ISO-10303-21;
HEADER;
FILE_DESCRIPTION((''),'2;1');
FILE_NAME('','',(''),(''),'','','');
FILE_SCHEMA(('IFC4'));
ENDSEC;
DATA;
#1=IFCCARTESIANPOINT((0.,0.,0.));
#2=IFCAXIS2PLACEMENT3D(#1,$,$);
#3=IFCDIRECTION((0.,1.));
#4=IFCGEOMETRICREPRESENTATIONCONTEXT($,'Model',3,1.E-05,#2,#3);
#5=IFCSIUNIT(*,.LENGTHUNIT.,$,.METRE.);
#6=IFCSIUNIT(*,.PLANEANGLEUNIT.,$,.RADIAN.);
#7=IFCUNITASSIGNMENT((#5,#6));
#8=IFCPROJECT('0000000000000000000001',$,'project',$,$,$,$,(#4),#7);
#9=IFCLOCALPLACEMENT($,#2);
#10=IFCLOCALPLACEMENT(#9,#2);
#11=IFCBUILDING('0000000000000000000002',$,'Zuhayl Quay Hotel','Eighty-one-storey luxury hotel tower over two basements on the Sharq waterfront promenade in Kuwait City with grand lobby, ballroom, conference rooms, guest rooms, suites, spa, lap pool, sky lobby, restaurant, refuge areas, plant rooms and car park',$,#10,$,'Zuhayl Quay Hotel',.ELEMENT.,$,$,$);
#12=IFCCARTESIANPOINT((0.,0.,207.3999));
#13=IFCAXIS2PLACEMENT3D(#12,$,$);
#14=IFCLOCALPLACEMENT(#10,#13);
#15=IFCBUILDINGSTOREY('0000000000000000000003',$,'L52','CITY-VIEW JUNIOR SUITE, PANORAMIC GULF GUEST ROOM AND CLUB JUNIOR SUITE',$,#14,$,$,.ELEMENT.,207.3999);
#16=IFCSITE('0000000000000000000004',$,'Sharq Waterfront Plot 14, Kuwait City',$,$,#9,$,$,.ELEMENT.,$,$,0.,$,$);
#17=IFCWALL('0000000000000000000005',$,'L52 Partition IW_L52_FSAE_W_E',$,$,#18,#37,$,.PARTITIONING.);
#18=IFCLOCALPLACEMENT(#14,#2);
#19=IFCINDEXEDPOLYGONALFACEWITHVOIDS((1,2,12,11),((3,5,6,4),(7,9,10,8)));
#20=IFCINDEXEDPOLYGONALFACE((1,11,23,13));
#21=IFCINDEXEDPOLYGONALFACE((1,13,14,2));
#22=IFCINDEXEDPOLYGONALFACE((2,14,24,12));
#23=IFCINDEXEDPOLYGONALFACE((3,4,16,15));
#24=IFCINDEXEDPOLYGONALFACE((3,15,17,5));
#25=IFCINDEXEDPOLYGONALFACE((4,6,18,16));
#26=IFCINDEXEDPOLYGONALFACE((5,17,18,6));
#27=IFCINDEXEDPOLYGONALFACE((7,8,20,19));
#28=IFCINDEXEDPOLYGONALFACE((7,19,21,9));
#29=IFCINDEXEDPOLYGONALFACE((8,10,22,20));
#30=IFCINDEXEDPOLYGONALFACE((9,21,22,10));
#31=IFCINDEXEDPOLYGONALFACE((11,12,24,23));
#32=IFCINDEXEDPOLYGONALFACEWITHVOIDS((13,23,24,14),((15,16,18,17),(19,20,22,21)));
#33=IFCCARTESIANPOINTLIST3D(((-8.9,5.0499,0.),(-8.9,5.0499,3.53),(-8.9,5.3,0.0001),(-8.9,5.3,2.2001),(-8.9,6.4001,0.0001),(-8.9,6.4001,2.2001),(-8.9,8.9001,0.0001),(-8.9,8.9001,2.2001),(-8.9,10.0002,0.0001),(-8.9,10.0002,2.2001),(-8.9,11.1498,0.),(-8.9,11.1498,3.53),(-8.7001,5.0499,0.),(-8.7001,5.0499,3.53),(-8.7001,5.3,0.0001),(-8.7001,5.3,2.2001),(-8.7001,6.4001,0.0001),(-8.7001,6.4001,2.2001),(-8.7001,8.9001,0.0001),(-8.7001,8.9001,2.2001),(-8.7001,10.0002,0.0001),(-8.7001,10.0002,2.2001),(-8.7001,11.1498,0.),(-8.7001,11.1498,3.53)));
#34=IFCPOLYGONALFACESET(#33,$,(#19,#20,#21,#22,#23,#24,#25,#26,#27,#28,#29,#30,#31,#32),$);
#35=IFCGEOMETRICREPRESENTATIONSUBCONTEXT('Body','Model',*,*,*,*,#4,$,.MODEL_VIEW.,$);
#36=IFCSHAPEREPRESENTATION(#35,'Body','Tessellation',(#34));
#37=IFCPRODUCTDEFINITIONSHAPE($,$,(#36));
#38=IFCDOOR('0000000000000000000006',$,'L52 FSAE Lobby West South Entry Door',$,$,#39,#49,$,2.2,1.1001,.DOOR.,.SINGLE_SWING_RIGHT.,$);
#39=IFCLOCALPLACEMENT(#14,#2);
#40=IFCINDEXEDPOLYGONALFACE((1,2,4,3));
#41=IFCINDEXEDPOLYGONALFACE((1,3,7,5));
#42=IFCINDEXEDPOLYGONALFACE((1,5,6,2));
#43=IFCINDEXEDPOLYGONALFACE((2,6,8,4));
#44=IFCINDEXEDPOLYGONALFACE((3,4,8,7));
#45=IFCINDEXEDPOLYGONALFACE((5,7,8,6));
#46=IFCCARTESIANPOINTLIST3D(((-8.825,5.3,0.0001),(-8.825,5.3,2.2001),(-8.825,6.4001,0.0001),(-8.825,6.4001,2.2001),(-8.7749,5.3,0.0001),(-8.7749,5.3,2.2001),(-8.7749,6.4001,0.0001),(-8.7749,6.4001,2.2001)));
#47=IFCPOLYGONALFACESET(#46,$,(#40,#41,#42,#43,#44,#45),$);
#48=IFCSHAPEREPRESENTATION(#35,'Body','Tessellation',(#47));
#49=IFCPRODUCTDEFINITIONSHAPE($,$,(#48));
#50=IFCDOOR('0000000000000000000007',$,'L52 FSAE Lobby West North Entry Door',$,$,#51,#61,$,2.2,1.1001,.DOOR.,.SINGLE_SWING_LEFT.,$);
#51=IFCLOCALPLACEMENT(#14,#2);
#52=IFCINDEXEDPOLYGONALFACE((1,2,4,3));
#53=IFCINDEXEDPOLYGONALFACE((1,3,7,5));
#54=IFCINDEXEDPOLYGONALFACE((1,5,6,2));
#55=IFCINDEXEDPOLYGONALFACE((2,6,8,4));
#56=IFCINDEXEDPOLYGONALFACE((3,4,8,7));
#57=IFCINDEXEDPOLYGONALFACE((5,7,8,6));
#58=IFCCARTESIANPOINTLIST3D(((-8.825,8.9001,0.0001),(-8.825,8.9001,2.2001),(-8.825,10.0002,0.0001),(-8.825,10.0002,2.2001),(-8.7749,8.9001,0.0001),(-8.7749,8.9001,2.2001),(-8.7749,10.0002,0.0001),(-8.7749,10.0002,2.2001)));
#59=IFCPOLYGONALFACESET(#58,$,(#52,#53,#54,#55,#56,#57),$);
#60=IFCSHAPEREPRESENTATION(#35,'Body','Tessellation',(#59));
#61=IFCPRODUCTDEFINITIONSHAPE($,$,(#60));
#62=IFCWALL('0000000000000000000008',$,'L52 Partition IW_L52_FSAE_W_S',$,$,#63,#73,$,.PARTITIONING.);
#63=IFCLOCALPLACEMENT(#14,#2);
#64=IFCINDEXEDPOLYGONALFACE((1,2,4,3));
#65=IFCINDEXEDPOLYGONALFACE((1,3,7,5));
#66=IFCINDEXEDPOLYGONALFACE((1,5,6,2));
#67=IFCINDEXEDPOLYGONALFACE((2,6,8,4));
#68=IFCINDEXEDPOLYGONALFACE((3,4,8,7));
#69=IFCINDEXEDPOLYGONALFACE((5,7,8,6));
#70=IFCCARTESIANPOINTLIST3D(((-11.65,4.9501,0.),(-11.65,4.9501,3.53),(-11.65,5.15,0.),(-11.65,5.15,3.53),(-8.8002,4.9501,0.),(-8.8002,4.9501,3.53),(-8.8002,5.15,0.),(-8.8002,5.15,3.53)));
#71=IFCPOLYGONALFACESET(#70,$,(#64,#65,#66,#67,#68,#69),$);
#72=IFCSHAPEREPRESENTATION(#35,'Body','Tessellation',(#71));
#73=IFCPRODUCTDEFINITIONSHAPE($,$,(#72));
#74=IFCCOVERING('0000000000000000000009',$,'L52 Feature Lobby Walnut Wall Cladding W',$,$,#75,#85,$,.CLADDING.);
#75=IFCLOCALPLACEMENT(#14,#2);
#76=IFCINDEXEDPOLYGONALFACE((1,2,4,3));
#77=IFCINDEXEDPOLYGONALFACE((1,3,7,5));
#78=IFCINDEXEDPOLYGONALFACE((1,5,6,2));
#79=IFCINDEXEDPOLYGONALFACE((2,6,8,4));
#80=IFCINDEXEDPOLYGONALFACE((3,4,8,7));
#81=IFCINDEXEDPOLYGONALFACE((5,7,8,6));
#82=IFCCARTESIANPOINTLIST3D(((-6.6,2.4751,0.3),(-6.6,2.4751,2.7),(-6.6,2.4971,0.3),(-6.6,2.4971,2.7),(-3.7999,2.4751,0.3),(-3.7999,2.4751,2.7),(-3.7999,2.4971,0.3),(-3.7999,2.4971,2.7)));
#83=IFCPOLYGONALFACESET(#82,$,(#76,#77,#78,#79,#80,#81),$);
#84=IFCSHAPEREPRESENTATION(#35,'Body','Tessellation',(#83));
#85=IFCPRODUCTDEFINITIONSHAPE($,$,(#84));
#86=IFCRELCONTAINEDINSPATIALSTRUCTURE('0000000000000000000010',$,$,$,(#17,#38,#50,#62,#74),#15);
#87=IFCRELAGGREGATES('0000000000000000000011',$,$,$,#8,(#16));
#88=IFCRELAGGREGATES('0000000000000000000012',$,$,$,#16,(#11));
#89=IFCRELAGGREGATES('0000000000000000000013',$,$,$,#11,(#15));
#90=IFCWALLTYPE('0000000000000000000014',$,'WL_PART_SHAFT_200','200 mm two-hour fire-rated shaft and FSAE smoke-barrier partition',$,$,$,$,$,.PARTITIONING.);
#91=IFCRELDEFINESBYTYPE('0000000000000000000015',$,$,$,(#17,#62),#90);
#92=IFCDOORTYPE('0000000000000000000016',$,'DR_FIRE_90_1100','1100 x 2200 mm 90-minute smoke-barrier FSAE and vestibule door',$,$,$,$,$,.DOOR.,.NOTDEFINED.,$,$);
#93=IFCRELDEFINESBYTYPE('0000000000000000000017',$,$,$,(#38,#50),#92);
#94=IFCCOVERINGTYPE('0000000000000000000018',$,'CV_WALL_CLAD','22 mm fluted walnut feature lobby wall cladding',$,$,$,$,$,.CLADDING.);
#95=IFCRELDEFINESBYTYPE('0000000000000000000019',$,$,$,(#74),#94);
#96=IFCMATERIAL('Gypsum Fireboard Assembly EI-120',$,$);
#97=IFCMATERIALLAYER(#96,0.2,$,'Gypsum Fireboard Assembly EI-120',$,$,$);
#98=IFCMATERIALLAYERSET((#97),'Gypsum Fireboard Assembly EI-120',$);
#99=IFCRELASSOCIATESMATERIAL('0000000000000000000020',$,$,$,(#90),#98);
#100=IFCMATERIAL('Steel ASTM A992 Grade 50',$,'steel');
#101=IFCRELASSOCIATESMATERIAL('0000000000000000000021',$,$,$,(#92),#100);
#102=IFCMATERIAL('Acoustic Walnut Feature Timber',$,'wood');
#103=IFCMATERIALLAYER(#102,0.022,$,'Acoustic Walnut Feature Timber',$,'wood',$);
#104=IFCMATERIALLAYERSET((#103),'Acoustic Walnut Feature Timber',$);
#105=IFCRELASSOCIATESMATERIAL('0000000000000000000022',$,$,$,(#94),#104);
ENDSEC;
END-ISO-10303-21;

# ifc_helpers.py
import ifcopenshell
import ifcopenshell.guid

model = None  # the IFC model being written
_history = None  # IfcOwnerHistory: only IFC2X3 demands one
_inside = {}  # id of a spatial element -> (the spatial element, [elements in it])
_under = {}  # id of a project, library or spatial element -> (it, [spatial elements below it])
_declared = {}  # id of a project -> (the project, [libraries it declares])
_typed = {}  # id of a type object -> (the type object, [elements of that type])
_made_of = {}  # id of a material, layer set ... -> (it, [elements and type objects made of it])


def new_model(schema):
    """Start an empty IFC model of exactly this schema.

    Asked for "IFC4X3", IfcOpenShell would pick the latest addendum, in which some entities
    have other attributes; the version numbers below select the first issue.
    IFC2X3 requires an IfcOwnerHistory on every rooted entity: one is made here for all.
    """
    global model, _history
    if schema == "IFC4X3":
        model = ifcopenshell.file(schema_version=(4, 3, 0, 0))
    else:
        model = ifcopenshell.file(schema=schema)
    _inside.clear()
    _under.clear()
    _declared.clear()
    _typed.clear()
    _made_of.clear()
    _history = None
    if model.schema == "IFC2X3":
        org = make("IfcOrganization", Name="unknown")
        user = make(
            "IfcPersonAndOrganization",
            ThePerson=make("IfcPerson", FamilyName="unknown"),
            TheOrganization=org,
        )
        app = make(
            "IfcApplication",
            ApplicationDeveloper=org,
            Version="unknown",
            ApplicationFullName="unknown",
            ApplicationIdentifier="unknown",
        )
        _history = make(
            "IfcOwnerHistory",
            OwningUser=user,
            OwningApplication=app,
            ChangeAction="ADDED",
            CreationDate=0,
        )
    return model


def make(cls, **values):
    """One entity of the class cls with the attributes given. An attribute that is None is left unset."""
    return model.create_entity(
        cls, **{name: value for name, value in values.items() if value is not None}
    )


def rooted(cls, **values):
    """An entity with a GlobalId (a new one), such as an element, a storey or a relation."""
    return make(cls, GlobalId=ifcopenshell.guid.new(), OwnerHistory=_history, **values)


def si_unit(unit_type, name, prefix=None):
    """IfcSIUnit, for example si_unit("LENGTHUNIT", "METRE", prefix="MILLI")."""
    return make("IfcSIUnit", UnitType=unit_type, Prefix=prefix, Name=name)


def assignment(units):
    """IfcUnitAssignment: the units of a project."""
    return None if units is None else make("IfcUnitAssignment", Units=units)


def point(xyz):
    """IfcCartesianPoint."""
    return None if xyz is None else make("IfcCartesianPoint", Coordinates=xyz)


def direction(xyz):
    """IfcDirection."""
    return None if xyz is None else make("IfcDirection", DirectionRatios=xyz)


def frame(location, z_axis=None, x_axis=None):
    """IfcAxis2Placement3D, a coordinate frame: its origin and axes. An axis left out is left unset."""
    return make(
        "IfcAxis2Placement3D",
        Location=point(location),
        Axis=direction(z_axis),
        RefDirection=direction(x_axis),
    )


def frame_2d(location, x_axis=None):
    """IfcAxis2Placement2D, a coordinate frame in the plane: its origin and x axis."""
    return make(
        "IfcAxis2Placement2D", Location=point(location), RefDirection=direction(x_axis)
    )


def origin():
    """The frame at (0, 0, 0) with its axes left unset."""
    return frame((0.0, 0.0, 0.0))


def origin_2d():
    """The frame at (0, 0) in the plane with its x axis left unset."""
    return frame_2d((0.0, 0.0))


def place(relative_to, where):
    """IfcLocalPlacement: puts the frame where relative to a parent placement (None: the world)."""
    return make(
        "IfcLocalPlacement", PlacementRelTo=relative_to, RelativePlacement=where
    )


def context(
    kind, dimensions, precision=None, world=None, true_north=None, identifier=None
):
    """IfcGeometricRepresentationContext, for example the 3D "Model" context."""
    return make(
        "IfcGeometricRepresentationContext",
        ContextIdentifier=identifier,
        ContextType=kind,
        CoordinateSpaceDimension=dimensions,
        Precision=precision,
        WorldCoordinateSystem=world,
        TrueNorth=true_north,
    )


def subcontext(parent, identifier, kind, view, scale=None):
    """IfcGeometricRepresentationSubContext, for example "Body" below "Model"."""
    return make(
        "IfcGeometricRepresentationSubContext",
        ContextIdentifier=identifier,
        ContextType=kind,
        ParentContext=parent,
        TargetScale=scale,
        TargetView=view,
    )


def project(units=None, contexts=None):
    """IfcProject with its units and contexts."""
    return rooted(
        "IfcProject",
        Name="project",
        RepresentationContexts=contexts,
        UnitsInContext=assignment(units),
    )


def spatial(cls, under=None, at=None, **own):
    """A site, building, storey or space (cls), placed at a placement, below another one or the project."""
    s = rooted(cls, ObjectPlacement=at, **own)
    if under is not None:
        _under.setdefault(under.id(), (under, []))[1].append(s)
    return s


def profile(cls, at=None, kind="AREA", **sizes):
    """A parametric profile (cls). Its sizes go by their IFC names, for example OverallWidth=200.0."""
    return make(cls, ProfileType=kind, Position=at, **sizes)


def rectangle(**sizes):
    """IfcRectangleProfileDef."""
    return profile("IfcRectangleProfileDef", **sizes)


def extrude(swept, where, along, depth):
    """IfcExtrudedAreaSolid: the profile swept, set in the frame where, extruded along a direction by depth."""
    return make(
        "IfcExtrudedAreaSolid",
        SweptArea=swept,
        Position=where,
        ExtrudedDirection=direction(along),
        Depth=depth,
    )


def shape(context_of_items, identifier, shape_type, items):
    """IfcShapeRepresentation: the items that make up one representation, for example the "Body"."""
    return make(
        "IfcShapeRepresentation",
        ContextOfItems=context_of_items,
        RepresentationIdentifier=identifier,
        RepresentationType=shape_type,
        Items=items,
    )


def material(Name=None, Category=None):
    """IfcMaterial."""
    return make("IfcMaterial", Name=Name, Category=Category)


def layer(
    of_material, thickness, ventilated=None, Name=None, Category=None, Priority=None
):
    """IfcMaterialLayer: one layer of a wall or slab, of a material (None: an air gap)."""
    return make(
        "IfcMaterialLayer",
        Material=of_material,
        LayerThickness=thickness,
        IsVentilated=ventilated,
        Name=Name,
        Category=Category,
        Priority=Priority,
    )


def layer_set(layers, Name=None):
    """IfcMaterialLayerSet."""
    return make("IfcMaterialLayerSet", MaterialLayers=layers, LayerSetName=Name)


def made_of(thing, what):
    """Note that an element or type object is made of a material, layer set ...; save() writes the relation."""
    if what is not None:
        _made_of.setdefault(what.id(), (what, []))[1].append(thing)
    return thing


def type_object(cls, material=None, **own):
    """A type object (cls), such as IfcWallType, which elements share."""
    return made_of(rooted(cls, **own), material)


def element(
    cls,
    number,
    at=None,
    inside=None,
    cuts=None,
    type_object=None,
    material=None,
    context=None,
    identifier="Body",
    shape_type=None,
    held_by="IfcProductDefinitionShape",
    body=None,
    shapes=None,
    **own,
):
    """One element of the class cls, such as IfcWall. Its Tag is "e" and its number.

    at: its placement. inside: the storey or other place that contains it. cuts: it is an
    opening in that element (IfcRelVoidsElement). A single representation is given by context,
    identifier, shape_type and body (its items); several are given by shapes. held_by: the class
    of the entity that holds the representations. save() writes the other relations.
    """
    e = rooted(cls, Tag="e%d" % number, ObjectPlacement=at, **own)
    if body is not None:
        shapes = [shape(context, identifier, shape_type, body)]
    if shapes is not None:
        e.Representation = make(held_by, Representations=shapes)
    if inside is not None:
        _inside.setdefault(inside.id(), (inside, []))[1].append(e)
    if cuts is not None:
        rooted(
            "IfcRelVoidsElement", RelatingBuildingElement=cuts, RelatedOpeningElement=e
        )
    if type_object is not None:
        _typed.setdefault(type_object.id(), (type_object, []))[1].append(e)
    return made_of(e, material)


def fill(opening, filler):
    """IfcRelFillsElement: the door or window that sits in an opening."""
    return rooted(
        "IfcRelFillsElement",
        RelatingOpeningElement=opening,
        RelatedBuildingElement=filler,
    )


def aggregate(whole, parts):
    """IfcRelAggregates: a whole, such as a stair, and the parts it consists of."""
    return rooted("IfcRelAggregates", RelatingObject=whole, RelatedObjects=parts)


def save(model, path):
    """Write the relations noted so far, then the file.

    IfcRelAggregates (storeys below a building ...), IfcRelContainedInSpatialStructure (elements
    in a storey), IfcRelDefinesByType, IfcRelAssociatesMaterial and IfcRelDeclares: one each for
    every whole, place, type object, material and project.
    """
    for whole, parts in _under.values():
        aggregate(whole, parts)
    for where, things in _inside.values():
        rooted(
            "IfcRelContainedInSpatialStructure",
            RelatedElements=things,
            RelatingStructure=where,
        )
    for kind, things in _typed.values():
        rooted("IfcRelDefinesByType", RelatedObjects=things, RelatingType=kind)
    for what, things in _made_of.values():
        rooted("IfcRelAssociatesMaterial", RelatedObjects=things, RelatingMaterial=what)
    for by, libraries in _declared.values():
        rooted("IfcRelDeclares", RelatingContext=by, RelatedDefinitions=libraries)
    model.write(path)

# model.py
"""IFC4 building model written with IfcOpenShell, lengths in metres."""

from ifc_helpers import new_model, si_unit, direction, frame, frame_2d, origin, origin_2d, place, context, subcontext, project, spatial, rectangle, extrude, material, layer, layer_set, type_object, element, fill, save


model = new_model("IFC4")

# Units and contexts
model_context = context("Model", 3, precision=1e-05, world=origin(), true_north=direction((0.0, 1.0)))
body_context = subcontext(model_context, "Body", "Model", "MODEL_VIEW")
ifc_project = project(units=[si_unit("LENGTHUNIT", "METRE"), si_unit("PLANEANGLEUNIT", "RADIAN")], contexts=[model_context])

# Site, building, storey
site_placement = place(None, origin())
site = spatial("IfcSite", under=ifc_project, at=site_placement, Name="Sharq Waterfront Plot 14, Kuwait City", CompositionType="ELEMENT", RefElevation=0.0)
building_placement = place(site_placement, origin())
building = spatial("IfcBuilding", under=site, at=building_placement, Name="Zuhayl Quay Hotel", Description="Eighty-one-storey luxury hotel tower over two basements on the Sharq waterfront promenade in Kuwait City with grand lobby, ballroom, conference rooms, guest rooms, suites, spa, lap pool, sky lobby, restaurant, refuge areas, plant rooms and car park", LongName="Zuhayl Quay Hotel", CompositionType="ELEMENT")
storey_placement = place(building_placement, frame((0.0, 0.0, 207.3999)))
storey = spatial("IfcBuildingStorey", under=building, at=storey_placement, Name="L52", Description="CITY-VIEW JUNIOR SUITE, PANORAMIC GULF GUEST ROOM AND CLUB JUNIOR SUITE", CompositionType="ELEMENT", Elevation=207.3999)

# Shared definitions
ifc_material_1 = material(Name="Steel ASTM A992 Grade 50", Category="steel")

# Wall, openings, doors
ifc_material_2 = material(Name="Gypsum Fireboard Assembly EI-120")
ifc_layer_1 = layer(ifc_material_2, 0.2, Name="Gypsum Fireboard Assembly EI-120")
ifc_layer_set_1 = layer_set([ifc_layer_1], Name="Gypsum Fireboard Assembly EI-120")
wall_type_1 = type_object("IfcWallType", Name="WL_PART_SHAFT_200", Description="200 mm two-hour fire-rated shaft and FSAE smoke-barrier partition", PredefinedType="PARTITIONING", material=ifc_layer_set_1)
wall_1_placement = place(storey_placement, frame((-8.8, 5.05, 0.0), z_axis=(0.0, 0.0, 1.0), x_axis=(0.0, 1.0, 0.0)))
wall_1 = element("IfcWall", 1, at=wall_1_placement, inside=storey, type_object=wall_type_1, Name="L52 Partition IW_L52_FSAE_W_E", PredefinedType="PARTITIONING", context=body_context, shape_type="SweptSolid", body=[
    extrude(rectangle(XDim=6.0999, YDim=0.2, at=frame_2d((3.0498, 0.0))), origin(), (0.0, 0.0, 1.0), 3.53),
])
opening_1_placement = place(wall_1_placement, frame((0.25, 0.0, 0.0)))
opening_1 = element("IfcOpeningElement", 2, at=opening_1_placement, cuts=wall_1, PredefinedType="OPENING", context=body_context, shape_type="SweptSolid", body=[
    extrude(rectangle(XDim=1.1001, YDim=2.2, at=frame_2d((0.55, 1.1001))), frame((0.0, 0.1099, 0.0), z_axis=(0.0, -1.0, 0.0), x_axis=(1.0, 0.0, 0.0)), (0.0, 0.0, 1.0), 0.22),
])
opening_2_placement = place(wall_1_placement, frame((3.8501, 0.0, 0.0)))
opening_2 = element("IfcOpeningElement", 3, at=opening_2_placement, cuts=wall_1, PredefinedType="OPENING", context=body_context, shape_type="SweptSolid", body=[
    extrude(rectangle(XDim=1.1001, YDim=2.2, at=frame_2d((0.55, 1.1001))), frame((0.0, 0.1099, 0.0), z_axis=(0.0, -1.0, 0.0), x_axis=(1.0, 0.0, 0.0)), (0.0, 0.0, 1.0), 0.22),
])
door_type_1 = type_object("IfcDoorType", Name="DR_FIRE_90_1100", Description="1100 x 2200 mm 90-minute smoke-barrier FSAE and vestibule door", OperationType="NOTDEFINED", PredefinedType="DOOR", material=ifc_material_1)
door_1_placement = place(opening_1_placement, origin())
door_1 = element("IfcDoor", 4, at=door_1_placement, inside=storey, type_object=door_type_1, Name="L52 FSAE Lobby West South Entry Door", OperationType="SINGLE_SWING_RIGHT", OverallHeight=2.2, OverallWidth=1.1001, PredefinedType="DOOR", context=body_context, shape_type="SweptSolid", body=[
    extrude(rectangle(XDim=1.1001, YDim=2.2, at=frame_2d((0.55, 1.1001))), frame((0.0, 0.0249, 0.0), z_axis=(0.0, -1.0, 0.0), x_axis=(1.0, 0.0, 0.0)), (0.0, 0.0, 1.0), 0.05),
])
fill(opening_1, door_1)
door_2_placement = place(opening_2_placement, origin())
door_2 = element("IfcDoor", 5, at=door_2_placement, inside=storey, type_object=door_type_1, Name="L52 FSAE Lobby West North Entry Door", OperationType="SINGLE_SWING_LEFT", OverallHeight=2.2, OverallWidth=1.1001, PredefinedType="DOOR", context=body_context, shape_type="SweptSolid", body=[
    extrude(rectangle(XDim=1.1001, YDim=2.2, at=frame_2d((0.55, 1.1001))), frame((0.0, 0.0249, 0.0), z_axis=(0.0, -1.0, 0.0), x_axis=(1.0, 0.0, 0.0)), (0.0, 0.0, 1.0), 0.05),
])
fill(opening_2, door_2)

# Wall
wall_2_placement = place(storey_placement, frame((-11.6499, 5.05, 0.0), z_axis=(0.0, 0.0, 1.0), x_axis=(1.0, 0.0, 0.0)))
element("IfcWall", 6, at=wall_2_placement, inside=storey, type_object=wall_type_1, Name="L52 Partition IW_L52_FSAE_W_S", PredefinedType="PARTITIONING", context=body_context, shape_type="SweptSolid", body=[
    extrude(rectangle(XDim=2.8499, YDim=0.2, at=frame_2d((1.4248, 0.0))), origin(), (0.0, 0.0, 1.0), 3.53),
])

# Covering
ifc_material_3 = material(Name="Acoustic Walnut Feature Timber", Category="wood")
ifc_layer_2 = layer(ifc_material_3, 0.022, Name="Acoustic Walnut Feature Timber", Category="wood")
ifc_layer_set_2 = layer_set([ifc_layer_2], Name="Acoustic Walnut Feature Timber")
covering_type = type_object("IfcCoveringType", Name="CV_WALL_CLAD", Description="22 mm fluted walnut feature lobby wall cladding", PredefinedType="CLADDING", material=ifc_layer_set_2)
covering_placement = place(storey_placement, frame((-5.2, 2.4861, 0.3), z_axis=(0.0, 0.0, 1.0), x_axis=(1.0, 0.0, 0.0)))
element("IfcCovering", 7, at=covering_placement, inside=storey, type_object=covering_type, Name="L52 Feature Lobby Walnut Wall Cladding W", PredefinedType="CLADDING", context=body_context, shape_type="SweptSolid", body=[
    extrude(rectangle(XDim=2.8, YDim=0.022, at=origin_2d()), origin(), (0.0, 0.0, 1.0), 2.3999),
])

save(model, "model.ifc")
